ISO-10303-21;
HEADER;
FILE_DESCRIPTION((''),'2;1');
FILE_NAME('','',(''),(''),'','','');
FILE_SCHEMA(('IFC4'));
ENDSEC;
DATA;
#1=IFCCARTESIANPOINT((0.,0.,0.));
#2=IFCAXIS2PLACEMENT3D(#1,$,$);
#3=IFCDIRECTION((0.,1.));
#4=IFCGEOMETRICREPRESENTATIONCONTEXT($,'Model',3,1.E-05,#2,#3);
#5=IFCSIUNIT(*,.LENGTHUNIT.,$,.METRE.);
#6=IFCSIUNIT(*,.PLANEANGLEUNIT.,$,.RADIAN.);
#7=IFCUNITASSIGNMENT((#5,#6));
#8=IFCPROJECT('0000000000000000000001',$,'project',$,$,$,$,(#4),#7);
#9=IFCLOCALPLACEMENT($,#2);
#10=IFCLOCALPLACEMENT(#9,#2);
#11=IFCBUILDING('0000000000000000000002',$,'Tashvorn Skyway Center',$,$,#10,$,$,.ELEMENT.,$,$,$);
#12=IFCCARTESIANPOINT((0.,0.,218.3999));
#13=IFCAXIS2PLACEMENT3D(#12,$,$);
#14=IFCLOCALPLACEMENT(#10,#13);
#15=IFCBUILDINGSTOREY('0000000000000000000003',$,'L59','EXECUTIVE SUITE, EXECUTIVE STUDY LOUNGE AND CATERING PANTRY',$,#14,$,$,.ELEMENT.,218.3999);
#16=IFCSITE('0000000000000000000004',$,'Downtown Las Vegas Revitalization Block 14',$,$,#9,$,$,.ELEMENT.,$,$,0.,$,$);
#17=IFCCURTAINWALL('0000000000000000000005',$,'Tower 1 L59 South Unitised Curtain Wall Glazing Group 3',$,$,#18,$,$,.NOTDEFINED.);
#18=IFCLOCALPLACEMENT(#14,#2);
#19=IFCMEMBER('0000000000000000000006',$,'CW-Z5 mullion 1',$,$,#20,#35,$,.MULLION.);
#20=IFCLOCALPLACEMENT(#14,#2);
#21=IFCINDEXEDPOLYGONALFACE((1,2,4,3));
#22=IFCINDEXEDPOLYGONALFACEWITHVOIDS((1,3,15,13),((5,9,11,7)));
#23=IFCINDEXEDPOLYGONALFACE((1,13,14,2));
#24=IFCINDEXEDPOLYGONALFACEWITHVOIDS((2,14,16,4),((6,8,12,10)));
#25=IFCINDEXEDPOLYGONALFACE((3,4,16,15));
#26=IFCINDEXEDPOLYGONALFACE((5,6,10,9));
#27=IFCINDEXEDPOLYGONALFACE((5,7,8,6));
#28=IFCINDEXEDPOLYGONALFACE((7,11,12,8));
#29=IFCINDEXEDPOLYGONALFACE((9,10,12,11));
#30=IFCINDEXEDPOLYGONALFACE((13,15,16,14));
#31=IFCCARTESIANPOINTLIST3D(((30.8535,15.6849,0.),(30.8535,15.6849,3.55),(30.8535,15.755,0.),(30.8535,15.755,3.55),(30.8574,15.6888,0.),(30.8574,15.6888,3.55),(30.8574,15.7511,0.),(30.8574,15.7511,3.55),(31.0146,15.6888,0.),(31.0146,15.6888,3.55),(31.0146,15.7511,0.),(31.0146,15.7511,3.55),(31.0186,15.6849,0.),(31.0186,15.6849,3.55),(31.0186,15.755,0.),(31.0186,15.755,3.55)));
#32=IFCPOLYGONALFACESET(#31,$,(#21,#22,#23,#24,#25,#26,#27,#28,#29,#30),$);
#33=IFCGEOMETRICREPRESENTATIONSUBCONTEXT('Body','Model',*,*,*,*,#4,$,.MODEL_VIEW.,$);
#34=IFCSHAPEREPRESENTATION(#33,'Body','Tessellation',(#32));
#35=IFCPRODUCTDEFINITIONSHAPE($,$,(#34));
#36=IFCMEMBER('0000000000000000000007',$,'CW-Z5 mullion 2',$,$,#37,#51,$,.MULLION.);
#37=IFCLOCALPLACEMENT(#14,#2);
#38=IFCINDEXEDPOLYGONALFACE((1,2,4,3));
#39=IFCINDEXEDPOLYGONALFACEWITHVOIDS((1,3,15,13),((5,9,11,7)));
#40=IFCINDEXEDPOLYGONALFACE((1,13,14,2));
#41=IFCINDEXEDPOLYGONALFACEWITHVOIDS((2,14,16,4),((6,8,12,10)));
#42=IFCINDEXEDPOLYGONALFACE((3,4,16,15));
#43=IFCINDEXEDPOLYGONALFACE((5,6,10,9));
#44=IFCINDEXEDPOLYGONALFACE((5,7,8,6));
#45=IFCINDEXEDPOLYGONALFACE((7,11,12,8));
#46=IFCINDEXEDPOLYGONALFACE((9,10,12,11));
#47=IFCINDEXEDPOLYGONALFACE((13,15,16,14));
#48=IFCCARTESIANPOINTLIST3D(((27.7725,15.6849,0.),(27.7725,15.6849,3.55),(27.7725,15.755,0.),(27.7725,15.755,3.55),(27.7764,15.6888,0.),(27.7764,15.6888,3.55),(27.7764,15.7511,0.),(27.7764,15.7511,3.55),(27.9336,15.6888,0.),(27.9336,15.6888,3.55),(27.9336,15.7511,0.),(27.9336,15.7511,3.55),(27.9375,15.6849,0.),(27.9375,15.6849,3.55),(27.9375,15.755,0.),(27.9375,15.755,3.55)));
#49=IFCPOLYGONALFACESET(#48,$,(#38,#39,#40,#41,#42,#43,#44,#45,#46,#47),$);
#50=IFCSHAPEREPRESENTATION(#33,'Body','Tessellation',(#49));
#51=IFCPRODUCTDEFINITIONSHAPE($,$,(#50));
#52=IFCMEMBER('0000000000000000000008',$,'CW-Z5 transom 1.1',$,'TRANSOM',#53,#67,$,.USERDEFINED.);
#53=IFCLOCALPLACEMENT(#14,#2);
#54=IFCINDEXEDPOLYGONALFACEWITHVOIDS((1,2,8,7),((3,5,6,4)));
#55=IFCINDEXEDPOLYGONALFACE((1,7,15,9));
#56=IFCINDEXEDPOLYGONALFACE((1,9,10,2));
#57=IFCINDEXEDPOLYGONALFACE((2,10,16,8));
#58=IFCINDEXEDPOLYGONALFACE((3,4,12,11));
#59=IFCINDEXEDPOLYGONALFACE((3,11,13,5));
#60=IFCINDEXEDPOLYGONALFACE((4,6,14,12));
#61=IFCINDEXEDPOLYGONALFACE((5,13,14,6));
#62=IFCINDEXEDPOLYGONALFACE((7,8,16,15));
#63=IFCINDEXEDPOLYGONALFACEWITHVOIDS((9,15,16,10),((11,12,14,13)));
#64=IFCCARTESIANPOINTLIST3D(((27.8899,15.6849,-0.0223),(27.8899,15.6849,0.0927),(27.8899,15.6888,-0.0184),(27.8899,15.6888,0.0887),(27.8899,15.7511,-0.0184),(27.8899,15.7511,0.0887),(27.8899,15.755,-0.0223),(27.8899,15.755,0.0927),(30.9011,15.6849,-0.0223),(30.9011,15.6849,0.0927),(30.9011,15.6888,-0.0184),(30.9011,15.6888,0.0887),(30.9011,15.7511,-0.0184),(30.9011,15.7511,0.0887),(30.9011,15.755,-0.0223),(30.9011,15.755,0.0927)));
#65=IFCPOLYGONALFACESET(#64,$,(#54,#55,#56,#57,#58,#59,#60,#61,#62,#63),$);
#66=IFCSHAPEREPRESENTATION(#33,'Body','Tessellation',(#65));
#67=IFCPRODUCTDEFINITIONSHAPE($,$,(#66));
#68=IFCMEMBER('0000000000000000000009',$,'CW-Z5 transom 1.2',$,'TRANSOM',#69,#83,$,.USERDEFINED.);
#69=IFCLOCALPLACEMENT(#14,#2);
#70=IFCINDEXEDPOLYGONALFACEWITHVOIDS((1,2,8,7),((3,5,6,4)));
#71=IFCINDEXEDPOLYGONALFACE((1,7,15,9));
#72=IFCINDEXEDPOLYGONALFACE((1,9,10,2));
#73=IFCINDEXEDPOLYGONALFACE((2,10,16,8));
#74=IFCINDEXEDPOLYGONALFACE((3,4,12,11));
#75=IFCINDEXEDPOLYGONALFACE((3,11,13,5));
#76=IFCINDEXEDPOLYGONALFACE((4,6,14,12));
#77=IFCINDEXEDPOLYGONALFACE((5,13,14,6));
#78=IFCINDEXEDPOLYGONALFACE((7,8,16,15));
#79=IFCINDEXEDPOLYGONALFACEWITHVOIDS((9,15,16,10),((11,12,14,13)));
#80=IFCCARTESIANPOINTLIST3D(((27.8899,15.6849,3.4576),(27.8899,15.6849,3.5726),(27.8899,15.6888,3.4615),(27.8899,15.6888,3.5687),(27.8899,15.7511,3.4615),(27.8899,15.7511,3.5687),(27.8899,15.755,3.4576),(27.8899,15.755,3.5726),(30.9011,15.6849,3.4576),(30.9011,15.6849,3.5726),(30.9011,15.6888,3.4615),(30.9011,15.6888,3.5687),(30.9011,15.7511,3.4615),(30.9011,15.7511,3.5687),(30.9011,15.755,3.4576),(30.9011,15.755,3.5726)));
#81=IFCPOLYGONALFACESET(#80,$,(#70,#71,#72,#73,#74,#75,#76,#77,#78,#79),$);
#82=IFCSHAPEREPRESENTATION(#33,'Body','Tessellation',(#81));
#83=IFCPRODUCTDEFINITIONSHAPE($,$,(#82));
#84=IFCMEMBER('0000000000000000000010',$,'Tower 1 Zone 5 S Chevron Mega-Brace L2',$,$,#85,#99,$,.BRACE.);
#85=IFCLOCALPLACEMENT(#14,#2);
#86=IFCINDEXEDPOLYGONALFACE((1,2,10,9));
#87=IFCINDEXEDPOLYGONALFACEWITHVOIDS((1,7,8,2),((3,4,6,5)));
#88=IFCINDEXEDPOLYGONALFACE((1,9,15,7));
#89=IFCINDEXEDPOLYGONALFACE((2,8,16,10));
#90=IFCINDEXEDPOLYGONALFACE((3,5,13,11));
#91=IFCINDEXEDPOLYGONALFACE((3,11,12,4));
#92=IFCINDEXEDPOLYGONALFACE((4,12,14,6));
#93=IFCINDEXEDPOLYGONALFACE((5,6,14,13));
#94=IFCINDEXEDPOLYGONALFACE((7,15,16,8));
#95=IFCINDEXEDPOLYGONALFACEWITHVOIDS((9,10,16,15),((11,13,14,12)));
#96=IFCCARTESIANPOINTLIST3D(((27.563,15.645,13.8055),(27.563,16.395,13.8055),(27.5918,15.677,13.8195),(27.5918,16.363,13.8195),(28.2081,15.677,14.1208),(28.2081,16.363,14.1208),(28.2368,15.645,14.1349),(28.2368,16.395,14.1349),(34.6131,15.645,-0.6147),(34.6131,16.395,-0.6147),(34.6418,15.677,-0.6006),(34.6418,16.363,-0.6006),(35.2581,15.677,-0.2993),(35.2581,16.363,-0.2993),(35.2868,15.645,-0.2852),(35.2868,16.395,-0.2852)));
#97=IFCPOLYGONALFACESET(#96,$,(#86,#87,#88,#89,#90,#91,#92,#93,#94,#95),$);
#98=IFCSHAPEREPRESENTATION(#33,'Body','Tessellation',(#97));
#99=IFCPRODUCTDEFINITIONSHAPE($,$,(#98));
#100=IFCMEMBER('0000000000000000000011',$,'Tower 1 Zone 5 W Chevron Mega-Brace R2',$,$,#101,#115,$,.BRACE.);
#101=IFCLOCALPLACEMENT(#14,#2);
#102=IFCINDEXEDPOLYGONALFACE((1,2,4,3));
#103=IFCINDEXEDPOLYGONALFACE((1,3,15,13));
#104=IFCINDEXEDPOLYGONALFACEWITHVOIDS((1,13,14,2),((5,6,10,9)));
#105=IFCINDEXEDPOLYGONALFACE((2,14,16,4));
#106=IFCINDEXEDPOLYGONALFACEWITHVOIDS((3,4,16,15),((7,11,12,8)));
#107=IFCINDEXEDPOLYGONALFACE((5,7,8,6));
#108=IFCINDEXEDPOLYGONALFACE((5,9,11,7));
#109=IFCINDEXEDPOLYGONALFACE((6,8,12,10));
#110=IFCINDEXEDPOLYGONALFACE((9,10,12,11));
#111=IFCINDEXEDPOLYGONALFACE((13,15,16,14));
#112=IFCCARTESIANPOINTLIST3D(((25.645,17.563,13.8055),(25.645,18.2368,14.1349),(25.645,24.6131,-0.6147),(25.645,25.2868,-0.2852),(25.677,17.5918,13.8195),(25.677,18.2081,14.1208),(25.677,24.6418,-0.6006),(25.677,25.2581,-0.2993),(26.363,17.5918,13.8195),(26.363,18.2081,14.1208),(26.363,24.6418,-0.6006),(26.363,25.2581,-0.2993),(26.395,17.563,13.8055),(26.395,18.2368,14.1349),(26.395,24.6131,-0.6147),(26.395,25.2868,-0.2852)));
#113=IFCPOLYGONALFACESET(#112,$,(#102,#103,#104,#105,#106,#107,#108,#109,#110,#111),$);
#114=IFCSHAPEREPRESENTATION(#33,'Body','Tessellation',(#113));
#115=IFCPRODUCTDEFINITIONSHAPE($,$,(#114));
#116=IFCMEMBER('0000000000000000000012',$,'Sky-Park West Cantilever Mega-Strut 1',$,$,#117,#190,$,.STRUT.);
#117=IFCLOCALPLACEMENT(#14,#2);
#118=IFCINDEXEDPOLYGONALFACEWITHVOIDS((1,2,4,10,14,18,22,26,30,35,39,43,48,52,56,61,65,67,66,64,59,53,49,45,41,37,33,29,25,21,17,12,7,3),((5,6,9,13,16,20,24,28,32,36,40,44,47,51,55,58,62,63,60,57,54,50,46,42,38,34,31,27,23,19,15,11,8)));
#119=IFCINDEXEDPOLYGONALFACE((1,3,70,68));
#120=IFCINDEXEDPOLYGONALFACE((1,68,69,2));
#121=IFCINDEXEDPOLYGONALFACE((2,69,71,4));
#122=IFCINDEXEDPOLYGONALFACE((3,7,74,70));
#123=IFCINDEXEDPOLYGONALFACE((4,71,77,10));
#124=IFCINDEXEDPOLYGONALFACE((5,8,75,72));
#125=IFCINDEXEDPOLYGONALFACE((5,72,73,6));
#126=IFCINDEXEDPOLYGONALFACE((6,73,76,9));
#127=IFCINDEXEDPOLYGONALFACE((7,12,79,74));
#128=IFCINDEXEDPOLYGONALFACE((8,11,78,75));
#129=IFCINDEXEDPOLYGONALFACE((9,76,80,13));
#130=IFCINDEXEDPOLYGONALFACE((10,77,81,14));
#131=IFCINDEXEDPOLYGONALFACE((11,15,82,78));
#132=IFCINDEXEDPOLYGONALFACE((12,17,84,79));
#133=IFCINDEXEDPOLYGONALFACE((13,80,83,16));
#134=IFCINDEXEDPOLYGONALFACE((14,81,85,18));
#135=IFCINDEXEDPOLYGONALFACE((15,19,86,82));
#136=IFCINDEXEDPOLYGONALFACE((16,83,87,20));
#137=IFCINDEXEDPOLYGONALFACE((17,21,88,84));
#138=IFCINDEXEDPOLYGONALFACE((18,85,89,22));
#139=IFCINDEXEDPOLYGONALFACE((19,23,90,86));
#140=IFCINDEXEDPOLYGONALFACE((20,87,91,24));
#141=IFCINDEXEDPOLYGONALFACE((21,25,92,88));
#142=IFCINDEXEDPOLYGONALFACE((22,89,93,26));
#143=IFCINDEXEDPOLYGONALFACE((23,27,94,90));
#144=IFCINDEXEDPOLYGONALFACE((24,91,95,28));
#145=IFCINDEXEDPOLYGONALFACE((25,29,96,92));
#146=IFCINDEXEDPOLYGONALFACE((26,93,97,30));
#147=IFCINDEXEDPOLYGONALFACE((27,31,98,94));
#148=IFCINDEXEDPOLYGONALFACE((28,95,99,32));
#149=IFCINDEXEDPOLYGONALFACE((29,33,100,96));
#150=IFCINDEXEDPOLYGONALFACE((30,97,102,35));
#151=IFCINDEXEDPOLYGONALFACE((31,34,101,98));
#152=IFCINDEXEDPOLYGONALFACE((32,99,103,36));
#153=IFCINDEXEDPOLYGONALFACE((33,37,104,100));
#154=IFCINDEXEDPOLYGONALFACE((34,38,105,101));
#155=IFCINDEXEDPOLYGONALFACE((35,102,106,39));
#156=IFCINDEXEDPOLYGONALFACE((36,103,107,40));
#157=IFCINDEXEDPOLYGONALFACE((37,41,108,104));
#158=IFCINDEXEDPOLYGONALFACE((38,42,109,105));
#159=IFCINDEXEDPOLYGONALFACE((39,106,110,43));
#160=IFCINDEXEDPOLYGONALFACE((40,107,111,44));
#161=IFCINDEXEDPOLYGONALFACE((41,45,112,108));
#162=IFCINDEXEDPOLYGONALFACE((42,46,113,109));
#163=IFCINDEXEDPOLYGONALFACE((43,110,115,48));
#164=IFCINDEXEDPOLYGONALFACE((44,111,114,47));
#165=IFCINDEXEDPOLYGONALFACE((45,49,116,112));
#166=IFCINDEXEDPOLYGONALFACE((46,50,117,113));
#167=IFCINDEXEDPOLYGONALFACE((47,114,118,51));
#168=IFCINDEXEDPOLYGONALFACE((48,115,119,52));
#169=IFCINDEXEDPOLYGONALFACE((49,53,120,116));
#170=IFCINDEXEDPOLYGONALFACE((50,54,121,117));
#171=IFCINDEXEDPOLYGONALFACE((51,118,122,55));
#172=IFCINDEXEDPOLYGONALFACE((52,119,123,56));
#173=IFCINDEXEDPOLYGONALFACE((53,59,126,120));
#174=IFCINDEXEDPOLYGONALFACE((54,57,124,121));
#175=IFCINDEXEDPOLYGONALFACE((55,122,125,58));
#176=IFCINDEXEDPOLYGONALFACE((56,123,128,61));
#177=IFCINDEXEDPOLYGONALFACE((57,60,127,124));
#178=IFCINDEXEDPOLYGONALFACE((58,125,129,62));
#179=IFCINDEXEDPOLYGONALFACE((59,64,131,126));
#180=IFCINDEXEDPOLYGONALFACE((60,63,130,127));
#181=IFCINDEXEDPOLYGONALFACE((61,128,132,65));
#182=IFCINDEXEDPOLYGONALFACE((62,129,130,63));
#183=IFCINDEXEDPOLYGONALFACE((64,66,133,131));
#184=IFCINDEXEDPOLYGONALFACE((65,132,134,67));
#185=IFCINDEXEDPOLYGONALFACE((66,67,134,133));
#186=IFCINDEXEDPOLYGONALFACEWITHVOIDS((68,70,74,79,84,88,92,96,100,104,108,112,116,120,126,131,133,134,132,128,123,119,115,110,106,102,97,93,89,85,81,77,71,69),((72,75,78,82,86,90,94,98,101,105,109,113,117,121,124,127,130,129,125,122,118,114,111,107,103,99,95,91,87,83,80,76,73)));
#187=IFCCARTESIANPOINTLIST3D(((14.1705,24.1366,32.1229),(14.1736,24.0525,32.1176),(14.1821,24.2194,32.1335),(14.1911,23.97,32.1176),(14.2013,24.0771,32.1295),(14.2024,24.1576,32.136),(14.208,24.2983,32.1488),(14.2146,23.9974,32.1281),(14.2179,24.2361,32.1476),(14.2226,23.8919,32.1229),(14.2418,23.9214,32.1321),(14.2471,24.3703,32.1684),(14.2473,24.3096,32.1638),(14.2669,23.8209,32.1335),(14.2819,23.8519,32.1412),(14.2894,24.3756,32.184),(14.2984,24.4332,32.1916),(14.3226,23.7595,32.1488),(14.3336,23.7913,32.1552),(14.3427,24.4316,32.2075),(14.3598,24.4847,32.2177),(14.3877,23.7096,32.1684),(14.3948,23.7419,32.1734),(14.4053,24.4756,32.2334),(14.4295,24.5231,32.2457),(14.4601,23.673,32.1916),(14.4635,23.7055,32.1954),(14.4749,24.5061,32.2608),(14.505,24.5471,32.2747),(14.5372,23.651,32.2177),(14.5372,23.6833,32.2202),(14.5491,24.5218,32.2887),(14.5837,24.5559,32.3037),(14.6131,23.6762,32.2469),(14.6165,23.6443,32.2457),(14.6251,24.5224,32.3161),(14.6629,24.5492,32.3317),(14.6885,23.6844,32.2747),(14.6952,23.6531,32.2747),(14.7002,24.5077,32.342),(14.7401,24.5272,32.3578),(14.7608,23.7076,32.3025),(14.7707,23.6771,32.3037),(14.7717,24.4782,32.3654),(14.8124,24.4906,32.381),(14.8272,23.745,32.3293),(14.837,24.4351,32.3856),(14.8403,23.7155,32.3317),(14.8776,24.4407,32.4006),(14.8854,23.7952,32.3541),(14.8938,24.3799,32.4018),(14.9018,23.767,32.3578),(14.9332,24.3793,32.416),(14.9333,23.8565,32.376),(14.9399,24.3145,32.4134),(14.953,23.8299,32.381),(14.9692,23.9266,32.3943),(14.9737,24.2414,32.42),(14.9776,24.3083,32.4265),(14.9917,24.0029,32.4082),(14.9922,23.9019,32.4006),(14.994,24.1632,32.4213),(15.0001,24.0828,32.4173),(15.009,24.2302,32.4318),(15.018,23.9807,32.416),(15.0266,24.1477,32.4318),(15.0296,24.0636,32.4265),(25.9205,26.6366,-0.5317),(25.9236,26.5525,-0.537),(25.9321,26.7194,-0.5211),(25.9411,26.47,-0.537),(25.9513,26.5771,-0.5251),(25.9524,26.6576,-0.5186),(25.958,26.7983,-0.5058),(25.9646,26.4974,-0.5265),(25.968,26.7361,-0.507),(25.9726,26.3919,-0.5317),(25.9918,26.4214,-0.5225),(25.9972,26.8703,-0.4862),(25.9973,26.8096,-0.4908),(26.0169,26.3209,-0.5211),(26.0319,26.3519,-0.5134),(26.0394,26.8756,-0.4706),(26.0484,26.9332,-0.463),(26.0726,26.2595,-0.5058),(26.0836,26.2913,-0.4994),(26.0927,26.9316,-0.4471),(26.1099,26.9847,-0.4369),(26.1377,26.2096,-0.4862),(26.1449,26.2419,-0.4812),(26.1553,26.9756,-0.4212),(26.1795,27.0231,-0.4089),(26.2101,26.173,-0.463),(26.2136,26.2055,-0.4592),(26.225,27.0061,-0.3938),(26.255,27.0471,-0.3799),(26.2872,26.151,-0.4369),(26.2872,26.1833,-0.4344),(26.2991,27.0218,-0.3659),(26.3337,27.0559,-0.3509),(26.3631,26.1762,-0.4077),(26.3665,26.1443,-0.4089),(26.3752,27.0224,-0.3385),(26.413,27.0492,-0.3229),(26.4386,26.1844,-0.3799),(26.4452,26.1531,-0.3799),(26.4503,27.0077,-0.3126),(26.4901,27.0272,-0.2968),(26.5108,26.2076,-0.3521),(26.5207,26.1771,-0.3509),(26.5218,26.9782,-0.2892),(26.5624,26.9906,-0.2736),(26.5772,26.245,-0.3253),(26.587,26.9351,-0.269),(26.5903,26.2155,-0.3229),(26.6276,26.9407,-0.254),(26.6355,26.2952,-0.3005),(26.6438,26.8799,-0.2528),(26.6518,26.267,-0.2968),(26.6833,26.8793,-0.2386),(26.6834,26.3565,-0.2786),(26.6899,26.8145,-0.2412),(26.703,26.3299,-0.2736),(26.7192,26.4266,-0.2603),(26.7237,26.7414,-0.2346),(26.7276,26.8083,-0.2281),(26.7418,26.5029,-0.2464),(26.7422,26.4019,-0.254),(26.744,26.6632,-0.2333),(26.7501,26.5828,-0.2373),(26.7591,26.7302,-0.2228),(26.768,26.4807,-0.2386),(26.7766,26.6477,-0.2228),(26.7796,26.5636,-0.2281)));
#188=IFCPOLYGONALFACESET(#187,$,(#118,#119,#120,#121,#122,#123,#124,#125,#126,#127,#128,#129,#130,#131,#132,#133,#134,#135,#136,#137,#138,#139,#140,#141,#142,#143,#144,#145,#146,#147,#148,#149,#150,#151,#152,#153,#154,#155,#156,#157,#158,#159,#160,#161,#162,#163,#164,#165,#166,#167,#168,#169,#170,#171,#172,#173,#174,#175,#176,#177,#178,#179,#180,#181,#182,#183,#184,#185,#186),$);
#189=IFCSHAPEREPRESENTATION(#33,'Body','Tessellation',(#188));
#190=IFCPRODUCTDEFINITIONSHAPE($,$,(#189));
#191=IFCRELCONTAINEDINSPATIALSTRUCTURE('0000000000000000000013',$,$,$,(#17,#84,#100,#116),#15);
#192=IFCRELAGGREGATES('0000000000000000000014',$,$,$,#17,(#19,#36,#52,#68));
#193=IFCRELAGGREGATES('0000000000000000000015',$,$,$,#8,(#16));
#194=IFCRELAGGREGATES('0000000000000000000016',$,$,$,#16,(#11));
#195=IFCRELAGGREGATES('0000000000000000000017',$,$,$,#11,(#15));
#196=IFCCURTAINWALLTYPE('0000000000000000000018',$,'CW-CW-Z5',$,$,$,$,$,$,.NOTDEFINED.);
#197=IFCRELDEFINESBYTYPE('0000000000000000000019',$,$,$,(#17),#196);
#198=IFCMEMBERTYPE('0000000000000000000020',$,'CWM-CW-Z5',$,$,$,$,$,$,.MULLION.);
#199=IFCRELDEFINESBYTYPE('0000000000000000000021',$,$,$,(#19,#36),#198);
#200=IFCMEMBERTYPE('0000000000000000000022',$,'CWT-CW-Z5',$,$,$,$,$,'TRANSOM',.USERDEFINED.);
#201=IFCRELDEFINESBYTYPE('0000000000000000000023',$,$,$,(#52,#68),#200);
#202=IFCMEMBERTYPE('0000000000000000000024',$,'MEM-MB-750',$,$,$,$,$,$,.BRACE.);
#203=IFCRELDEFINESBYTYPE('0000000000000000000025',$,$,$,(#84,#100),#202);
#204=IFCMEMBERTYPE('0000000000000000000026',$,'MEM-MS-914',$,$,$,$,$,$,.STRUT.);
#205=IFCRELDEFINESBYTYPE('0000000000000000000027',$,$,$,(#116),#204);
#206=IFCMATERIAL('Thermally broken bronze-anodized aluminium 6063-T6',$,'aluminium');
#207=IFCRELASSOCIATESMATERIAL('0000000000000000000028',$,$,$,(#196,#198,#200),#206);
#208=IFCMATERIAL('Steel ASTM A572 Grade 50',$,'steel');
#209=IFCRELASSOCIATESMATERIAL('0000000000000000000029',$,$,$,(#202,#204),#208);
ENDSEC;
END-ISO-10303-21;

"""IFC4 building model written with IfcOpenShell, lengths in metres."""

from ifc_helpers import new_model, si_unit, direction, frame, origin, origin_2d, place, context, subcontext, project, spatial, hollow_rectangle, hollow_circle, extrude, material, material_profile, profile_set, type_object, element, aggregate, save


model = new_model("IFC4")

# Units and contexts
model_context = context("Model", 3, precision=1e-05, world=origin(), true_north=direction((0.0, 1.0)))
body_context = subcontext(model_context, "Body", "Model", "MODEL_VIEW")
ifc_project = project(units=[si_unit("LENGTHUNIT", "METRE"), si_unit("PLANEANGLEUNIT", "RADIAN")], contexts=[model_context])

# Site, building, storey
site_placement = place(None, origin())
site = spatial("IfcSite", under=ifc_project, at=site_placement, Name="Downtown Las Vegas Revitalization Block 14", CompositionType="ELEMENT", RefElevation=0.0)
building_placement = place(site_placement, origin())
building = spatial("IfcBuilding", under=site, at=building_placement, Name="Tashvorn Skyway Center", CompositionType="ELEMENT")
storey_placement = place(building_placement, frame((0.0, 0.0, 218.3999)))
storey = spatial("IfcBuildingStorey", under=building, at=storey_placement, Name="L59", Description="EXECUTIVE SUITE, EXECUTIVE STUDY LOUNGE AND CATERING PANTRY", CompositionType="ELEMENT", Elevation=218.3999)

# Shared definitions
ifc_material_1 = material(Name="Steel ASTM A572 Grade 50", Category="steel")

# Curtain wall, members
ifc_material_2 = material(Name="Thermally broken bronze-anodized aluminium 6063-T6", Category="aluminium")
curtain_wall_type = type_object("IfcCurtainWallType", Name="CW-CW-Z5", PredefinedType="NOTDEFINED", material=ifc_material_2)
curtain_wall_placement = place(storey_placement, origin())
curtain_wall = element("IfcCurtainWall", 1, at=curtain_wall_placement, inside=storey, type_object=curtain_wall_type, Name="Tower 1 L59 South Unitised Curtain Wall Glazing Group 3", PredefinedType="NOTDEFINED")
ifc_material_profile_1 = material_profile(ifc_material_2, hollow_rectangle(XDim=0.0701, YDim=0.165, WallThickness=0.0039, at=origin_2d()), Name="ALU-MULL-70x165")
ifc_profile_set_1 = profile_set([ifc_material_profile_1], Name="Thermally broken bronze-anodized aluminium 6063-T6")
member_type_1 = type_object("IfcMemberType", Name="CWM-CW-Z5", PredefinedType="MULLION", material=ifc_profile_set_1)
member_1_placement = place(storey_placement, frame((30.936, 15.72, 0.0), z_axis=(0.0, 0.0, 1.0), x_axis=(0.0, -1.0, 0.0)))
member_1 = element("IfcMember", 2, at=member_1_placement, type_object=member_type_1, Name="CW-Z5 mullion 1", PredefinedType="MULLION", context=body_context, shape_type="SweptSolid", body=[
    extrude(hollow_rectangle(XDim=0.0701, YDim=0.165, WallThickness=0.0039, at=origin_2d()), origin(), (0.0, 0.0, 1.0), 3.55),
])
member_2_placement = place(storey_placement, frame((27.855, 15.72, 0.0), z_axis=(0.0, 0.0, 1.0), x_axis=(0.0, -1.0, 0.0)))
member_2 = element("IfcMember", 3, at=member_2_placement, type_object=member_type_1, Name="CW-Z5 mullion 2", PredefinedType="MULLION", context=body_context, shape_type="SweptSolid", body=[
    extrude(hollow_rectangle(XDim=0.0701, YDim=0.165, WallThickness=0.0039, at=origin_2d()), origin(), (0.0, 0.0, 1.0), 3.55),
])
ifc_material_profile_2 = material_profile(ifc_material_2, hollow_rectangle(XDim=0.0701, YDim=0.115, WallThickness=0.0039, at=origin_2d()), Name="ALU-TRAN-70x115")
ifc_profile_set_2 = profile_set([ifc_material_profile_2], Name="Thermally broken bronze-anodized aluminium 6063-T6")
member_type_2 = type_object("IfcMemberType", Name="CWT-CW-Z5", ElementType="TRANSOM", PredefinedType="USERDEFINED", material=ifc_profile_set_2)
member_3_placement = place(storey_placement, frame((30.9011, 15.72, 0.0352), z_axis=(-1.0, 0.0, 0.0), x_axis=(0.0, -1.0, 0.0)))
member_3 = element("IfcMember", 4, at=member_3_placement, type_object=member_type_2, Name="CW-Z5 transom 1.1", ObjectType="TRANSOM", PredefinedType="USERDEFINED", context=body_context, shape_type="SweptSolid", body=[
    extrude(hollow_rectangle(XDim=0.0701, YDim=0.115, WallThickness=0.0039, at=origin_2d()), origin(), (0.0, 0.0, 1.0), 3.0112),
])
member_4_placement = place(storey_placement, frame((30.9011, 15.72, 3.5151), z_axis=(-1.0, 0.0, 0.0), x_axis=(0.0, -1.0, 0.0)))
member_4 = element("IfcMember", 5, at=member_4_placement, type_object=member_type_2, Name="CW-Z5 transom 1.2", ObjectType="TRANSOM", PredefinedType="USERDEFINED", context=body_context, shape_type="SweptSolid", body=[
    extrude(hollow_rectangle(XDim=0.0701, YDim=0.115, WallThickness=0.0039, at=origin_2d()), origin(), (0.0, 0.0, 1.0), 3.0112),
])

# Members
ifc_material_profile_3 = material_profile(ifc_material_1, hollow_rectangle(XDim=0.75, YDim=0.75, WallThickness=0.032, at=origin_2d()), Name="BOX750x750x32")
ifc_profile_set_3 = profile_set([ifc_material_profile_3], Name="Steel ASTM A572 Grade 50")
member_type_3 = type_object("IfcMemberType", Name="MEM-MB-750", PredefinedType="BRACE", material=ifc_profile_set_3)
for number, where, z_axis, x_axis, name in (
    (6, (34.95, 16.02, -0.45), (-0.43922, 0.0, 0.89838), (0.0, -1.0, 0.0), "Tower 1 Zone 5 S Chevron Mega-Brace L2"),
    (7, (26.02, 24.95, -0.45), (0.0, -0.43922, 0.89838), (1.0, 0.0, 0.0), "Tower 1 Zone 5 W Chevron Mega-Brace R2"),
):
    element("IfcMember", number, at=place(storey_placement, frame(where, z_axis=z_axis, x_axis=x_axis)), inside=storey, type_object=member_type_3, Name=name, PredefinedType="BRACE", context=body_context, shape_type="SweptSolid", body=[
        extrude(hollow_rectangle(XDim=0.75, YDim=0.75, WallThickness=0.032, at=origin_2d()), origin(), (0.0, 0.0, 1.0), 16.0513),
    ])
ifc_material_profile_4 = material_profile(ifc_material_1, hollow_circle(Radius=0.457, WallThickness=0.032, at=origin_2d()), Name="CHS914x32")
ifc_profile_set_4 = profile_set([ifc_material_profile_4], Name="Steel ASTM A572 Grade 50")
member_type_4 = type_object("IfcMemberType", Name="MEM-MS-914", PredefinedType="STRUT", material=ifc_profile_set_4)
member_5_placement = place(storey_placement, frame((26.3501, 26.6001, -0.3799), z_axis=(-0.337701, -0.071851, 0.938507), x_axis=(0.208108, -0.978106, 0.0)))
element("IfcMember", 8, at=member_5_placement, inside=storey, type_object=member_type_4, Name="Sky-Park West Cantilever Mega-Strut 1", PredefinedType="STRUT", context=body_context, shape_type="SweptSolid", body=[
    extrude(hollow_circle(Radius=0.457, WallThickness=0.032, at=origin_2d()), origin(), (0.0, 0.0, 1.0), 34.7942),
])

aggregate(curtain_wall, [member_1, member_2, member_3, member_4])

save(model, "model.ifc")
